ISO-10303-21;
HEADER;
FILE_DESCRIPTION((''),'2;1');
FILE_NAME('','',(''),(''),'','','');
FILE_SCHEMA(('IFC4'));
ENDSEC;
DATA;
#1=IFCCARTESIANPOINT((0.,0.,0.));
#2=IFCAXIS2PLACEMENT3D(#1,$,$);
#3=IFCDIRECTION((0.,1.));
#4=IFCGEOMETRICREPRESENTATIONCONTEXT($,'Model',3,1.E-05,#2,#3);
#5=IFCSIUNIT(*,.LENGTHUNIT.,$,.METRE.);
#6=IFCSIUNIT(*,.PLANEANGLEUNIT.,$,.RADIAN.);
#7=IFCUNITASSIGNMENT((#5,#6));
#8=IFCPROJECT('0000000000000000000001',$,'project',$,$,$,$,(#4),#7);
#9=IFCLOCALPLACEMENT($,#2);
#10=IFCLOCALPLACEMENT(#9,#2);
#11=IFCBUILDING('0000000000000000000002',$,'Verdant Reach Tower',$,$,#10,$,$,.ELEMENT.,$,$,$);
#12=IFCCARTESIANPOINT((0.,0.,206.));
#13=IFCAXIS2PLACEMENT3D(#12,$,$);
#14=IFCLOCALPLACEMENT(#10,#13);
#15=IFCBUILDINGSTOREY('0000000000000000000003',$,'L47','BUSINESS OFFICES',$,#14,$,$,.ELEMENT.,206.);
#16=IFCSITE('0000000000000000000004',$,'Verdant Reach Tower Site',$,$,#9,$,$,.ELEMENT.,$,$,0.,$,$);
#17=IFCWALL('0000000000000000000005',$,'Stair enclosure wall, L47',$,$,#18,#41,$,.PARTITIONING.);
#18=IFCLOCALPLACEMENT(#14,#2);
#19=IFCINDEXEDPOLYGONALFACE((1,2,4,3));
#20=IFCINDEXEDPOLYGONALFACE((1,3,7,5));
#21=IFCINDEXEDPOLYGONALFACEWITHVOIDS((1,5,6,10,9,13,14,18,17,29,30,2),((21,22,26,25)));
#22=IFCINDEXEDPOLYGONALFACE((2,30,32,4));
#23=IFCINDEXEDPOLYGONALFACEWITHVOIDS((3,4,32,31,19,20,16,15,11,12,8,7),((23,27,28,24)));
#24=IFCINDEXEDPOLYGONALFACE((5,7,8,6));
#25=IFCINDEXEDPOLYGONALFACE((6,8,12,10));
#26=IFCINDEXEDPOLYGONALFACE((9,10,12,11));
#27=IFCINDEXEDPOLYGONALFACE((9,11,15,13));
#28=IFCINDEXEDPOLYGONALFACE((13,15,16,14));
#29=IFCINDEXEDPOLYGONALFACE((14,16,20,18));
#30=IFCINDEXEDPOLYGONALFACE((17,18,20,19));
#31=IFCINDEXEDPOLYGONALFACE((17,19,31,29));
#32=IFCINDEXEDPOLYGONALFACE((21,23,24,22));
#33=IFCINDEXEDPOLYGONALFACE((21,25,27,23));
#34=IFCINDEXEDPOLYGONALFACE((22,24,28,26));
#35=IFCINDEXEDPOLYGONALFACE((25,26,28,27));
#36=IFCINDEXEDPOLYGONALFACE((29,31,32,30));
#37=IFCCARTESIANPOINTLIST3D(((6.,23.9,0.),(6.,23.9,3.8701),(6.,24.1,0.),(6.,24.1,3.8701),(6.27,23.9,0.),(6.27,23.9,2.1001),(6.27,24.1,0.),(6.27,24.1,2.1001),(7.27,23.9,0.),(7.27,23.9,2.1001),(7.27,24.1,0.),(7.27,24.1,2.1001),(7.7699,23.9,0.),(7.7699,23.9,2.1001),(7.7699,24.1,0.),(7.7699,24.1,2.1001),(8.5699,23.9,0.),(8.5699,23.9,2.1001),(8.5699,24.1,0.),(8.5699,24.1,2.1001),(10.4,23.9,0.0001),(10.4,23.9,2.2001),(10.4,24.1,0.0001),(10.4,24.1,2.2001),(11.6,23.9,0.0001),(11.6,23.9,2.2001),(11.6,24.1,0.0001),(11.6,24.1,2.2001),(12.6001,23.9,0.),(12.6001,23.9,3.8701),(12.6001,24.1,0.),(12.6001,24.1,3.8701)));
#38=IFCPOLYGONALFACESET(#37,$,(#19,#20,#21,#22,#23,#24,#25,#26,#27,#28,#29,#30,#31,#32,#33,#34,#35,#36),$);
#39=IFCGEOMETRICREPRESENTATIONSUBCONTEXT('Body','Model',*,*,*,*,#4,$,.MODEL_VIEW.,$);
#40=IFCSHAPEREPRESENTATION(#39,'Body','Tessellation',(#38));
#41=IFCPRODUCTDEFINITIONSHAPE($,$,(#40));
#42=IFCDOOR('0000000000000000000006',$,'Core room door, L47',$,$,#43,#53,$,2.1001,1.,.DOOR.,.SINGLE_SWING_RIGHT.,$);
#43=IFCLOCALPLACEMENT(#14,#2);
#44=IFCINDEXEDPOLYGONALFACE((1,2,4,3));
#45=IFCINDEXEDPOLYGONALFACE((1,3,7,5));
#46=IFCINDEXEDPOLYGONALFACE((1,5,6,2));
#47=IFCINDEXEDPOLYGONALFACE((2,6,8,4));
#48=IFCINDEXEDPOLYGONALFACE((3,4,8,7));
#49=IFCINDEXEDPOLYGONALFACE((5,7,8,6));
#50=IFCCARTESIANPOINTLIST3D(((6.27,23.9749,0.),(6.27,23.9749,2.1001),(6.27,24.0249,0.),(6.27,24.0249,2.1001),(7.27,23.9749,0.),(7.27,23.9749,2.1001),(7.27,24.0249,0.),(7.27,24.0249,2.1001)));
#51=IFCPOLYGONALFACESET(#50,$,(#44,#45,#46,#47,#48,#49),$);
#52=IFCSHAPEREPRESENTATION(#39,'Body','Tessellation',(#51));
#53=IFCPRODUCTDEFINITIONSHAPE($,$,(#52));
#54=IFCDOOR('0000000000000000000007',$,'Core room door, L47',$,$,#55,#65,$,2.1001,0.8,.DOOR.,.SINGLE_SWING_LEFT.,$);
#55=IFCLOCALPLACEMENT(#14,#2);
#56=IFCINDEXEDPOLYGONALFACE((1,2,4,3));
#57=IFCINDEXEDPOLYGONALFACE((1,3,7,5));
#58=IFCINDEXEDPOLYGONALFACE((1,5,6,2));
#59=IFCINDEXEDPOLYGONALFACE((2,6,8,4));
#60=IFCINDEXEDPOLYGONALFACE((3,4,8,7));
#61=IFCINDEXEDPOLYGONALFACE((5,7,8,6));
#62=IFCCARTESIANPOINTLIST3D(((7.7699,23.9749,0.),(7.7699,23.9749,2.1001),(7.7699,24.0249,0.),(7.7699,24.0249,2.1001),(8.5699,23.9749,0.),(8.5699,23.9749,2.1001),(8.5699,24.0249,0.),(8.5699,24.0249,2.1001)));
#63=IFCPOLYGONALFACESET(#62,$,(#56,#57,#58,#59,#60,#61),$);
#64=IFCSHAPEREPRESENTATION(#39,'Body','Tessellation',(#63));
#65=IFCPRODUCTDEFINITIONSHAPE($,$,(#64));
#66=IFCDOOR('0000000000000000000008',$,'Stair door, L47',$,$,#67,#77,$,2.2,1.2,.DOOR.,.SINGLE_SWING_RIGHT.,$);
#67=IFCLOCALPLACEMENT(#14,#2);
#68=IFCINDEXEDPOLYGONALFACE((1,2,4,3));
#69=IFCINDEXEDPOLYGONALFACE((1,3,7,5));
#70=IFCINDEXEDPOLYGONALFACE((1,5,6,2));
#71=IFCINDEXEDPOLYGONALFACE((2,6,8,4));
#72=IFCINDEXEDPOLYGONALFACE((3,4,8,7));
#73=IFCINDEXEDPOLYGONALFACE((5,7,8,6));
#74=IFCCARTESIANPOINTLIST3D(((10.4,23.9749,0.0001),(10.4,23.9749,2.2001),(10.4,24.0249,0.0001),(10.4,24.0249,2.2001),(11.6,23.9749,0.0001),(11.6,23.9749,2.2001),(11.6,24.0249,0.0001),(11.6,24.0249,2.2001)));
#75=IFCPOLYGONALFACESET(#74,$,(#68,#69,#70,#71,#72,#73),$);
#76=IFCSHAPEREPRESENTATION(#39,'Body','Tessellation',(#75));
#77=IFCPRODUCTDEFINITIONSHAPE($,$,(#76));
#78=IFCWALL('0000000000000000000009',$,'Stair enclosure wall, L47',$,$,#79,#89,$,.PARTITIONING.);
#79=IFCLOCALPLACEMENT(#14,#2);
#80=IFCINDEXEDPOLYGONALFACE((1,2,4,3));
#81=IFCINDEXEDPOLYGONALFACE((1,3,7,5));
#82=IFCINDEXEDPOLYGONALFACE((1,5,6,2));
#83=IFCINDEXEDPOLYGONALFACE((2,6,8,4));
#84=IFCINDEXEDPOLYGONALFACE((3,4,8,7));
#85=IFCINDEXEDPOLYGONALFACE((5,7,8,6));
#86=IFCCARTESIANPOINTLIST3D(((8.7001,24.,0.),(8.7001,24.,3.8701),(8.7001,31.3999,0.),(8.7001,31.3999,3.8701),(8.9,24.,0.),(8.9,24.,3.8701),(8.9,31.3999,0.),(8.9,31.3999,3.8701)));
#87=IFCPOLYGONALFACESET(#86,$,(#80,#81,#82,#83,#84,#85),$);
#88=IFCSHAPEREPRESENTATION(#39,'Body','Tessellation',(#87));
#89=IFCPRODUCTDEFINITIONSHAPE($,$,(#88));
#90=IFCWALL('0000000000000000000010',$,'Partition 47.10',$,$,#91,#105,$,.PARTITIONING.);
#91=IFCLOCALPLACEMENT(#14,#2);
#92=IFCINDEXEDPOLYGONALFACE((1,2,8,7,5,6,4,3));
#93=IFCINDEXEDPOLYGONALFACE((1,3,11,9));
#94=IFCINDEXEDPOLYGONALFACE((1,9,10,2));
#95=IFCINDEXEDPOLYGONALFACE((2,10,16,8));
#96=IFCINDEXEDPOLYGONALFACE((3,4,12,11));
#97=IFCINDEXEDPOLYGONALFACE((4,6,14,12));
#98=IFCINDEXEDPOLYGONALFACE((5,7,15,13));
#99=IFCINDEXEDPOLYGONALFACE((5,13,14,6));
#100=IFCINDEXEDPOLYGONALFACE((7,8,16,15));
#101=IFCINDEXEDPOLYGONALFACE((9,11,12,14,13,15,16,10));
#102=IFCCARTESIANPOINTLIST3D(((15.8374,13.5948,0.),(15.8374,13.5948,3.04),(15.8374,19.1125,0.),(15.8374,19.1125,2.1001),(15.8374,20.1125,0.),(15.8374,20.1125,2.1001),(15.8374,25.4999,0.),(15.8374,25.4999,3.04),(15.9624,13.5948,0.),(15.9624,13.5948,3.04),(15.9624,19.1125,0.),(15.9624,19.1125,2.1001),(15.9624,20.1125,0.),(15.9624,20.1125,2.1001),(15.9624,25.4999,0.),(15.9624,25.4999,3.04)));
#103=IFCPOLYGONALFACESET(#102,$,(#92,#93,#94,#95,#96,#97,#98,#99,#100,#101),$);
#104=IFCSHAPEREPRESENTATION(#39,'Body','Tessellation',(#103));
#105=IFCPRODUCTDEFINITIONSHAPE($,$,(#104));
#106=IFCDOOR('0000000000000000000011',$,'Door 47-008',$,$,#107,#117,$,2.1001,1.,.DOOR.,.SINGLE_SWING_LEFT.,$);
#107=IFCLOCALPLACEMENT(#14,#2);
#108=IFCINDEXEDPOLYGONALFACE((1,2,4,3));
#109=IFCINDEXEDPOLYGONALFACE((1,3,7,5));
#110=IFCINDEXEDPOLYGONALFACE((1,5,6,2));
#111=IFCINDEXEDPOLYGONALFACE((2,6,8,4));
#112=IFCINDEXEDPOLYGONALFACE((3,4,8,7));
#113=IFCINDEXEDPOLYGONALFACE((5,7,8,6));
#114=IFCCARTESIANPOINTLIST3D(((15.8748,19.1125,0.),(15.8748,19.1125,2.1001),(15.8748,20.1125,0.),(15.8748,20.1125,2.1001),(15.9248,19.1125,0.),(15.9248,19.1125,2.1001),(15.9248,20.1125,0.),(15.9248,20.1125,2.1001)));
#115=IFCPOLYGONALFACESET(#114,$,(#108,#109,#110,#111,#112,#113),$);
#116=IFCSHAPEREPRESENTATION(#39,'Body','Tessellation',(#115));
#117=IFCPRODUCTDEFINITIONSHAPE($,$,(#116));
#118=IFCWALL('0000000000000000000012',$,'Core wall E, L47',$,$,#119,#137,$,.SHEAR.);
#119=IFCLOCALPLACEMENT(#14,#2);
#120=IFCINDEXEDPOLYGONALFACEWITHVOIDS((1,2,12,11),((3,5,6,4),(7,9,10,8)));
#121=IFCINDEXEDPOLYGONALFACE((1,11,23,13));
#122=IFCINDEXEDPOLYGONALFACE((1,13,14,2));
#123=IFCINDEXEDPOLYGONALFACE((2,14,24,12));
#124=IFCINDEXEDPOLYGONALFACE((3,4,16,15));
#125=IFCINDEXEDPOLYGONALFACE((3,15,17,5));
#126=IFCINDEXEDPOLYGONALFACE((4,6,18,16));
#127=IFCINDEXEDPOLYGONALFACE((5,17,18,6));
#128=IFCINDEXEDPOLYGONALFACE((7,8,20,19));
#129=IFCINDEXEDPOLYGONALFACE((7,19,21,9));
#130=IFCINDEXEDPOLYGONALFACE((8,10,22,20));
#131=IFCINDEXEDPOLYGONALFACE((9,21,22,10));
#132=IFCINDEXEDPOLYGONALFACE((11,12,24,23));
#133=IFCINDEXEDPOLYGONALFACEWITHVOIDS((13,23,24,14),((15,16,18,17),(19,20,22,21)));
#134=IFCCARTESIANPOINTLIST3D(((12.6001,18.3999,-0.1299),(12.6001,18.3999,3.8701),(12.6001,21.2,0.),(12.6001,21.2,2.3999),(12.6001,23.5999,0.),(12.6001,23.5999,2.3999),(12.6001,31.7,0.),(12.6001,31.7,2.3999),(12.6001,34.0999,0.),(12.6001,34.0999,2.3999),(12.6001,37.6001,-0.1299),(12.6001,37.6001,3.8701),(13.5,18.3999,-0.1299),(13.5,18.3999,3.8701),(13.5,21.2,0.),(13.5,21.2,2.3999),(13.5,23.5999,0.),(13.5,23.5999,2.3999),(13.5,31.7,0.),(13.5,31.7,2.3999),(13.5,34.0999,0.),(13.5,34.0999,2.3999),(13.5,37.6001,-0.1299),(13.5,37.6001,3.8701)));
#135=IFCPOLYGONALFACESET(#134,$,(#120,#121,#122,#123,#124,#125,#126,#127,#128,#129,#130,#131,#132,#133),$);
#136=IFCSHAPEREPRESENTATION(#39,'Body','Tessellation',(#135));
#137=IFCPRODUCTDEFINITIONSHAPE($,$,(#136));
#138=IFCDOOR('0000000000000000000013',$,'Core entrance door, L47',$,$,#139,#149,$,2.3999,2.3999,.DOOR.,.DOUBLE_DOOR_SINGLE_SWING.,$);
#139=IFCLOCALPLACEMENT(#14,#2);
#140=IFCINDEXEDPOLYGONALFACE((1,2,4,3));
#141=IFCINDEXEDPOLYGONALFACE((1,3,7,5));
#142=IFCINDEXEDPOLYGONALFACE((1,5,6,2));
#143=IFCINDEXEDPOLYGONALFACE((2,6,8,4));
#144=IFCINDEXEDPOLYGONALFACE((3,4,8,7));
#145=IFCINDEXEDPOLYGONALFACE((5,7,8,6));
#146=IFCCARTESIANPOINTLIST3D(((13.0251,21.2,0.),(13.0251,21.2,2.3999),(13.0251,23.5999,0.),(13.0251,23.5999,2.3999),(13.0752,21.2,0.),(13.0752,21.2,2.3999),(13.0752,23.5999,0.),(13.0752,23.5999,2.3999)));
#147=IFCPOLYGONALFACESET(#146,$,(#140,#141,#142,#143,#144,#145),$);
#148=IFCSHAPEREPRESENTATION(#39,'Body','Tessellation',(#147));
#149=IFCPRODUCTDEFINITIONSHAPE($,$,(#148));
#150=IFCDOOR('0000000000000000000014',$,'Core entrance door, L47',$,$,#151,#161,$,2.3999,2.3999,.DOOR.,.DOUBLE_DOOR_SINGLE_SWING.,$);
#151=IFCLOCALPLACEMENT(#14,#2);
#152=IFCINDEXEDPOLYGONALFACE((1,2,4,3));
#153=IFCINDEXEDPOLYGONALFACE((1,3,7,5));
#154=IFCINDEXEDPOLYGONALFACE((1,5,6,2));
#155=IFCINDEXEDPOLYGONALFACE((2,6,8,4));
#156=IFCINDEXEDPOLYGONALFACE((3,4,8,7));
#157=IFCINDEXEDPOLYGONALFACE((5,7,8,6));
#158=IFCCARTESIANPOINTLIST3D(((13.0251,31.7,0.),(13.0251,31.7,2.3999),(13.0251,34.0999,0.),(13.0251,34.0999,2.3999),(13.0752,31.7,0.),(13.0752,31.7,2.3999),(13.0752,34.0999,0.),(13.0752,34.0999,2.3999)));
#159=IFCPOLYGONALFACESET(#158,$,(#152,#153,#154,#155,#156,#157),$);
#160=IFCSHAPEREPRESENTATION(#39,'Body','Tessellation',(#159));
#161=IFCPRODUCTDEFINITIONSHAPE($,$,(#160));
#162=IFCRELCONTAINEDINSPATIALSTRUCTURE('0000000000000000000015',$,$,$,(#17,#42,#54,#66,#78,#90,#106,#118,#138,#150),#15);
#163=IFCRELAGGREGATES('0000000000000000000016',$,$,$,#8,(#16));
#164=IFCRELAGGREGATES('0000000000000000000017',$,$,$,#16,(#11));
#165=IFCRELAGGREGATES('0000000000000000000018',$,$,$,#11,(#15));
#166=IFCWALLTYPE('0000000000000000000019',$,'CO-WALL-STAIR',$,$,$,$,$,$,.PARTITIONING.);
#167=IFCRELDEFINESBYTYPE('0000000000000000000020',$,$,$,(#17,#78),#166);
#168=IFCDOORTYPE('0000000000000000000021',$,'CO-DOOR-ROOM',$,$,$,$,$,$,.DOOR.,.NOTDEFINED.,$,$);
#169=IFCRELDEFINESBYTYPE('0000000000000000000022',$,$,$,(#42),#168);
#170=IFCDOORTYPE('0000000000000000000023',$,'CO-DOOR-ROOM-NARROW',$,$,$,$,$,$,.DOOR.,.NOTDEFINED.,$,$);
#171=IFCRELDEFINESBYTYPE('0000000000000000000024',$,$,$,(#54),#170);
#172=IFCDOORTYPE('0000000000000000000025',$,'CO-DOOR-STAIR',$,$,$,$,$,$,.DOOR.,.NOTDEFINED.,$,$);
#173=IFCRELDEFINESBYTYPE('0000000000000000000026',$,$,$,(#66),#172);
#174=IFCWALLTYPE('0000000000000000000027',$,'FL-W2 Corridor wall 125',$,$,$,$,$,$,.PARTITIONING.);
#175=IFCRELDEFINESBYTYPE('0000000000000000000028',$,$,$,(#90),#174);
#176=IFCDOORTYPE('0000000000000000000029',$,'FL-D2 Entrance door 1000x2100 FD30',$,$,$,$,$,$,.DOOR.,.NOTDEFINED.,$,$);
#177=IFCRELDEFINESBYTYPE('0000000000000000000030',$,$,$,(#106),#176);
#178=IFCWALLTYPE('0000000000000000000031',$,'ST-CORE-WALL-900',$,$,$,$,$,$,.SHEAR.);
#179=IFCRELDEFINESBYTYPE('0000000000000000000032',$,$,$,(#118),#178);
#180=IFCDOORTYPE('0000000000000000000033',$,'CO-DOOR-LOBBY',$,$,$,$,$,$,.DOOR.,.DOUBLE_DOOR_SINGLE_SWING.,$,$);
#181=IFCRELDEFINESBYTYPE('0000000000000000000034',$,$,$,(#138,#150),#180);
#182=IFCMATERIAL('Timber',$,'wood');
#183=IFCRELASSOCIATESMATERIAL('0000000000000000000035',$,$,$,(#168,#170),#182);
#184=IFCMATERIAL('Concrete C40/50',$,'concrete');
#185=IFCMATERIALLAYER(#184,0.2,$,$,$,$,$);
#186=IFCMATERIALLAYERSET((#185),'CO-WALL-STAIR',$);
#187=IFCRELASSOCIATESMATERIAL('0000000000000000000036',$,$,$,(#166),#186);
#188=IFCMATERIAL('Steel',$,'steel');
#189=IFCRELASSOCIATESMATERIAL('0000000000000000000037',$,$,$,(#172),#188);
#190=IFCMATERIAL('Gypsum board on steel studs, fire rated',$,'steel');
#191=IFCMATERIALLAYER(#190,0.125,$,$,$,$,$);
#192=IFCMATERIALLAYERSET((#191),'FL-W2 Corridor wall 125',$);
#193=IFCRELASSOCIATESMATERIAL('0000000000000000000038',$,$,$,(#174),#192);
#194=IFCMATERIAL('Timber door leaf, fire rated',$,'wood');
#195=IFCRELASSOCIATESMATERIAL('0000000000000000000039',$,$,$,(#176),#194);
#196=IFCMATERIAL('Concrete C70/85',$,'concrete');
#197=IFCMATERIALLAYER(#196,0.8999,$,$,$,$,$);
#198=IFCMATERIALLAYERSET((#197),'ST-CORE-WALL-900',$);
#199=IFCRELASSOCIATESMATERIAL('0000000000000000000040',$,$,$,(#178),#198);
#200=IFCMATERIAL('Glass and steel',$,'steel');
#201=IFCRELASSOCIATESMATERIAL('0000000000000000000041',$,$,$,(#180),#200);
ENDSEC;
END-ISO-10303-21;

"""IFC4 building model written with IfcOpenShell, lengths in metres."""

from ifc_helpers import new_model, si_unit, direction, frame, frame_2d, origin, place, context, subcontext, project, spatial, rectangle, extrude, material, layer, layer_set, type_object, element, fill, save


model = new_model("IFC4")

# Units and contexts
model_context = context("Model", 3, precision=1e-05, world=origin(), true_north=direction((0.0, 1.0)))
body_context = subcontext(model_context, "Body", "Model", "MODEL_VIEW")
ifc_project = project(units=[si_unit("LENGTHUNIT", "METRE"), si_unit("PLANEANGLEUNIT", "RADIAN")], contexts=[model_context])

# Site, building, storey
site_placement = place(None, origin())
site = spatial("IfcSite", under=ifc_project, at=site_placement, Name="Verdant Reach Tower Site", CompositionType="ELEMENT", RefElevation=0.0)
building_placement = place(site_placement, origin())
building = spatial("IfcBuilding", under=site, at=building_placement, Name="Verdant Reach Tower", CompositionType="ELEMENT")
storey_placement = place(building_placement, frame((0.0, 0.0, 206.0)))
storey = spatial("IfcBuildingStorey", under=building, at=storey_placement, Name="L47", Description="BUSINESS OFFICES", CompositionType="ELEMENT", Elevation=206.0)

# Shared definitions
ifc_material_1 = material(Name="Timber", Category="wood")
door_type_1 = type_object("IfcDoorType", Name="CO-DOOR-ROOM", OperationType="NOTDEFINED", PredefinedType="DOOR", material=ifc_material_1)

# Shared definitions
ifc_material_2 = material(Name="Concrete C40/50", Category="concrete")

# Wall, openings, doors
ifc_layer_1 = layer(ifc_material_2, 0.2)
ifc_layer_set_1 = layer_set([ifc_layer_1], Name="CO-WALL-STAIR")
wall_type_1 = type_object("IfcWallType", Name="CO-WALL-STAIR", PredefinedType="PARTITIONING", material=ifc_layer_set_1)
wall_1_placement = place(storey_placement, frame((6.0, 24.0, 0.0), z_axis=(0.0, 0.0, 1.0), x_axis=(1.0, 0.0, 0.0)))
wall_1 = element("IfcWall", 1, at=wall_1_placement, inside=storey, type_object=wall_type_1, Name="Stair enclosure wall, L47", PredefinedType="PARTITIONING", context=body_context, shape_type="SweptSolid", body=[
    extrude(rectangle(XDim=6.6001, YDim=0.2, at=frame_2d((3.3, 0.0))), origin(), (0.0, 0.0, 1.0), 3.8701),
])
opening_1_placement = place(wall_1_placement, frame((0.27, 0.0, 0.0)))
opening_1 = element("IfcOpeningElement", 2, at=opening_1_placement, cuts=wall_1, PredefinedType="OPENING", context=body_context, shape_type="SweptSolid", body=[
    extrude(rectangle(XDim=1.0, YDim=2.1001, at=frame_2d((0.5, 1.05))), frame((0.0, 0.1099, 0.0), z_axis=(0.0, -1.0, 0.0), x_axis=(1.0, 0.0, 0.0)), (0.0, 0.0, 1.0), 0.22),
])
opening_2_placement = place(wall_1_placement, frame((1.77, 0.0, 0.0)))
opening_2 = element("IfcOpeningElement", 3, at=opening_2_placement, cuts=wall_1, PredefinedType="OPENING", context=body_context, shape_type="SweptSolid", body=[
    extrude(rectangle(XDim=0.8, YDim=2.1001, at=frame_2d((0.3999, 1.05))), frame((0.0, 0.1099, 0.0), z_axis=(0.0, -1.0, 0.0), x_axis=(1.0, 0.0, 0.0)), (0.0, 0.0, 1.0), 0.22),
])
opening_3_placement = place(wall_1_placement, frame((4.3999, 0.0, 0.0)))
opening_3 = element("IfcOpeningElement", 4, at=opening_3_placement, cuts=wall_1, PredefinedType="OPENING", context=body_context, shape_type="SweptSolid", body=[
    extrude(rectangle(XDim=1.2, YDim=2.2, at=frame_2d((0.6001, 1.1001))), frame((0.0, 0.1099, 0.0), z_axis=(0.0, -1.0, 0.0), x_axis=(1.0, 0.0, 0.0)), (0.0, 0.0, 1.0), 0.22),
])
door_1_placement = place(opening_1_placement, origin())
door_1 = element("IfcDoor", 5, at=door_1_placement, inside=storey, type_object=door_type_1, Name="Core room door, L47", OperationType="SINGLE_SWING_RIGHT", OverallHeight=2.1001, OverallWidth=1.0, PredefinedType="DOOR", context=body_context, shape_type="SweptSolid", body=[
    extrude(rectangle(XDim=1.0, YDim=2.1001, at=frame_2d((0.5, 1.05))), frame((0.0, 0.0249, 0.0), z_axis=(0.0, -1.0, 0.0), x_axis=(1.0, 0.0, 0.0)), (0.0, 0.0, 1.0), 0.05),
])
fill(opening_1, door_1)
door_type_2 = type_object("IfcDoorType", Name="CO-DOOR-ROOM-NARROW", OperationType="NOTDEFINED", PredefinedType="DOOR", material=ifc_material_1)
door_2_placement = place(opening_2_placement, origin())
door_2 = element("IfcDoor", 6, at=door_2_placement, inside=storey, type_object=door_type_2, Name="Core room door, L47", OperationType="SINGLE_SWING_LEFT", OverallHeight=2.1001, OverallWidth=0.8, PredefinedType="DOOR", context=body_context, shape_type="SweptSolid", body=[
    extrude(rectangle(XDim=0.8, YDim=2.1001, at=frame_2d((0.3999, 1.05))), frame((0.0, 0.0249, 0.0), z_axis=(0.0, -1.0, 0.0), x_axis=(1.0, 0.0, 0.0)), (0.0, 0.0, 1.0), 0.05),
])
fill(opening_2, door_2)
ifc_material_3 = material(Name="Steel", Category="steel")
door_type_3 = type_object("IfcDoorType", Name="CO-DOOR-STAIR", OperationType="NOTDEFINED", PredefinedType="DOOR", material=ifc_material_3)
door_3_placement = place(opening_3_placement, origin())
door_3 = element("IfcDoor", 7, at=door_3_placement, inside=storey, type_object=door_type_3, Name="Stair door, L47", OperationType="SINGLE_SWING_RIGHT", OverallHeight=2.2, OverallWidth=1.2, PredefinedType="DOOR", context=body_context, shape_type="SweptSolid", body=[
    extrude(rectangle(XDim=1.2, YDim=2.2, at=frame_2d((0.6001, 1.1001))), frame((0.0, 0.0249, 0.0), z_axis=(0.0, -1.0, 0.0), x_axis=(1.0, 0.0, 0.0)), (0.0, 0.0, 1.0), 0.05),
])
fill(opening_3, door_3)

# Wall
wall_2_placement = place(storey_placement, frame((8.8, 24.0, 0.0), z_axis=(0.0, 0.0, 1.0), x_axis=(0.0, 1.0, 0.0)))
element("IfcWall", 8, at=wall_2_placement, inside=storey, type_object=wall_type_1, Name="Stair enclosure wall, L47", PredefinedType="PARTITIONING", context=body_context, shape_type="SweptSolid", body=[
    extrude(rectangle(XDim=7.3999, YDim=0.2, at=frame_2d((3.7, 0.0))), origin(), (0.0, 0.0, 1.0), 3.8701),
])

# Wall, opening, door
ifc_material_4 = material(Name="Gypsum board on steel studs, fire rated", Category="steel")
ifc_layer_2 = layer(ifc_material_4, 0.125)
ifc_layer_set_2 = layer_set([ifc_layer_2], Name="FL-W2 Corridor wall 125")
wall_type_2 = type_object("IfcWallType", Name="FL-W2 Corridor wall 125", PredefinedType="PARTITIONING", material=ifc_layer_set_2)
wall_3_placement = place(storey_placement, frame((15.8999, 25.5, 0.0), z_axis=(0.0, 0.0, 1.0), x_axis=(0.0, -1.0, 0.0)))
wall_3 = element("IfcWall", 9, at=wall_3_placement, inside=storey, type_object=wall_type_2, Name="Partition 47.10", PredefinedType="PARTITIONING", context=body_context, shape_type="SweptSolid", body=[
    extrude(rectangle(XDim=11.905, YDim=0.125, at=frame_2d((5.9526, 0.0))), origin(), (0.0, 0.0, 1.0), 3.04),
])
opening_4_placement = place(wall_3_placement, frame((5.3875, 0.0, 0.0)))
opening_4 = element("IfcOpeningElement", 10, at=opening_4_placement, cuts=wall_3, PredefinedType="OPENING", context=body_context, shape_type="SweptSolid", body=[
    extrude(rectangle(XDim=1.0, YDim=2.1001, at=frame_2d((0.5, 1.05))), frame((0.0, 0.0725, 0.0), z_axis=(0.0, -1.0, 0.0), x_axis=(1.0, 0.0, 0.0)), (0.0, 0.0, 1.0), 0.145),
])
ifc_material_5 = material(Name="Timber door leaf, fire rated", Category="wood")
door_type_4 = type_object("IfcDoorType", Name="FL-D2 Entrance door 1000x2100 FD30", OperationType="NOTDEFINED", PredefinedType="DOOR", material=ifc_material_5)
door_4_placement = place(opening_4_placement, origin())
door_4 = element("IfcDoor", 11, at=door_4_placement, inside=storey, type_object=door_type_4, Name="Door 47-008", OperationType="SINGLE_SWING_LEFT", OverallHeight=2.1001, OverallWidth=1.0, PredefinedType="DOOR", context=body_context, shape_type="SweptSolid", body=[
    extrude(rectangle(XDim=1.0, YDim=2.1001, at=frame_2d((0.5, 1.05))), frame((0.0, 0.0249, 0.0), z_axis=(0.0, -1.0, 0.0), x_axis=(1.0, 0.0, 0.0)), (0.0, 0.0, 1.0), 0.05),
])
fill(opening_4, door_4)

# Wall, openings, doors
ifc_material_6 = material(Name="Concrete C70/85", Category="concrete")
ifc_layer_3 = layer(ifc_material_6, 0.8999)
ifc_layer_set_3 = layer_set([ifc_layer_3], Name="ST-CORE-WALL-900")
wall_type_3 = type_object("IfcWallType", Name="ST-CORE-WALL-900", PredefinedType="SHEAR", material=ifc_layer_set_3)
wall_4_placement = place(storey_placement, frame((13.05, 18.3999, -0.1299), z_axis=(0.0, 0.0, 1.0), x_axis=(0.0, 1.0, 0.0)))
wall_4 = element("IfcWall", 12, at=wall_4_placement, inside=storey, type_object=wall_type_3, Name="Core wall E, L47", PredefinedType="SHEAR", context=body_context, shape_type="SweptSolid", body=[
    extrude(rectangle(XDim=19.2002, YDim=0.8999, at=frame_2d((9.6001, 0.0))), origin(), (0.0, 0.0, 1.0), 4.0),
])
opening_5_placement = place(wall_4_placement, frame((2.8, 0.0, 0.1299)))
opening_5 = element("IfcOpeningElement", 13, at=opening_5_placement, cuts=wall_4, PredefinedType="OPENING", context=body_context, shape_type="SweptSolid", body=[
    extrude(rectangle(XDim=2.3999, YDim=2.3999, at=frame_2d((1.2, 1.2))), frame((0.0, 0.46, 0.0), z_axis=(0.0, -1.0, 0.0), x_axis=(1.0, 0.0, 0.0)), (0.0, 0.0, 1.0), 0.9199),
])
opening_6_placement = place(wall_4_placement, frame((13.3, 0.0, 0.1299)))
opening_6 = element("IfcOpeningElement", 14, at=opening_6_placement, cuts=wall_4, PredefinedType="OPENING", context=body_context, shape_type="SweptSolid", body=[
    extrude(rectangle(XDim=2.3999, YDim=2.3999, at=frame_2d((1.2, 1.2))), frame((0.0, 0.46, 0.0), z_axis=(0.0, -1.0, 0.0), x_axis=(1.0, 0.0, 0.0)), (0.0, 0.0, 1.0), 0.9199),
])
ifc_material_7 = material(Name="Glass and steel", Category="steel")
door_type_5 = type_object("IfcDoorType", Name="CO-DOOR-LOBBY", OperationType="DOUBLE_DOOR_SINGLE_SWING", PredefinedType="DOOR", material=ifc_material_7)
door_5_placement = place(opening_5_placement, origin())
door_5 = element("IfcDoor", 15, at=door_5_placement, inside=storey, type_object=door_type_5, Name="Core entrance door, L47", OperationType="DOUBLE_DOOR_SINGLE_SWING", OverallHeight=2.3999, OverallWidth=2.3999, PredefinedType="DOOR", context=body_context, shape_type="SweptSolid", body=[
    extrude(rectangle(XDim=2.3999, YDim=2.3999, at=frame_2d((1.2, 1.2))), frame((0.0, 0.0249, 0.0), z_axis=(0.0, -1.0, 0.0), x_axis=(1.0, 0.0, 0.0)), (0.0, 0.0, 1.0), 0.05),
])
fill(opening_5, door_5)
door_6_placement = place(opening_6_placement, origin())
door_6 = element("IfcDoor", 16, at=door_6_placement, inside=storey, type_object=door_type_5, Name="Core entrance door, L47", OperationType="DOUBLE_DOOR_SINGLE_SWING", OverallHeight=2.3999, OverallWidth=2.3999, PredefinedType="DOOR", context=body_context, shape_type="SweptSolid", body=[
    extrude(rectangle(XDim=2.3999, YDim=2.3999, at=frame_2d((1.2, 1.2))), frame((0.0, 0.0249, 0.0), z_axis=(0.0, -1.0, 0.0), x_axis=(1.0, 0.0, 0.0)), (0.0, 0.0, 1.0), 0.05),
])
fill(opening_6, door_6)

save(model, "model.ifc")
